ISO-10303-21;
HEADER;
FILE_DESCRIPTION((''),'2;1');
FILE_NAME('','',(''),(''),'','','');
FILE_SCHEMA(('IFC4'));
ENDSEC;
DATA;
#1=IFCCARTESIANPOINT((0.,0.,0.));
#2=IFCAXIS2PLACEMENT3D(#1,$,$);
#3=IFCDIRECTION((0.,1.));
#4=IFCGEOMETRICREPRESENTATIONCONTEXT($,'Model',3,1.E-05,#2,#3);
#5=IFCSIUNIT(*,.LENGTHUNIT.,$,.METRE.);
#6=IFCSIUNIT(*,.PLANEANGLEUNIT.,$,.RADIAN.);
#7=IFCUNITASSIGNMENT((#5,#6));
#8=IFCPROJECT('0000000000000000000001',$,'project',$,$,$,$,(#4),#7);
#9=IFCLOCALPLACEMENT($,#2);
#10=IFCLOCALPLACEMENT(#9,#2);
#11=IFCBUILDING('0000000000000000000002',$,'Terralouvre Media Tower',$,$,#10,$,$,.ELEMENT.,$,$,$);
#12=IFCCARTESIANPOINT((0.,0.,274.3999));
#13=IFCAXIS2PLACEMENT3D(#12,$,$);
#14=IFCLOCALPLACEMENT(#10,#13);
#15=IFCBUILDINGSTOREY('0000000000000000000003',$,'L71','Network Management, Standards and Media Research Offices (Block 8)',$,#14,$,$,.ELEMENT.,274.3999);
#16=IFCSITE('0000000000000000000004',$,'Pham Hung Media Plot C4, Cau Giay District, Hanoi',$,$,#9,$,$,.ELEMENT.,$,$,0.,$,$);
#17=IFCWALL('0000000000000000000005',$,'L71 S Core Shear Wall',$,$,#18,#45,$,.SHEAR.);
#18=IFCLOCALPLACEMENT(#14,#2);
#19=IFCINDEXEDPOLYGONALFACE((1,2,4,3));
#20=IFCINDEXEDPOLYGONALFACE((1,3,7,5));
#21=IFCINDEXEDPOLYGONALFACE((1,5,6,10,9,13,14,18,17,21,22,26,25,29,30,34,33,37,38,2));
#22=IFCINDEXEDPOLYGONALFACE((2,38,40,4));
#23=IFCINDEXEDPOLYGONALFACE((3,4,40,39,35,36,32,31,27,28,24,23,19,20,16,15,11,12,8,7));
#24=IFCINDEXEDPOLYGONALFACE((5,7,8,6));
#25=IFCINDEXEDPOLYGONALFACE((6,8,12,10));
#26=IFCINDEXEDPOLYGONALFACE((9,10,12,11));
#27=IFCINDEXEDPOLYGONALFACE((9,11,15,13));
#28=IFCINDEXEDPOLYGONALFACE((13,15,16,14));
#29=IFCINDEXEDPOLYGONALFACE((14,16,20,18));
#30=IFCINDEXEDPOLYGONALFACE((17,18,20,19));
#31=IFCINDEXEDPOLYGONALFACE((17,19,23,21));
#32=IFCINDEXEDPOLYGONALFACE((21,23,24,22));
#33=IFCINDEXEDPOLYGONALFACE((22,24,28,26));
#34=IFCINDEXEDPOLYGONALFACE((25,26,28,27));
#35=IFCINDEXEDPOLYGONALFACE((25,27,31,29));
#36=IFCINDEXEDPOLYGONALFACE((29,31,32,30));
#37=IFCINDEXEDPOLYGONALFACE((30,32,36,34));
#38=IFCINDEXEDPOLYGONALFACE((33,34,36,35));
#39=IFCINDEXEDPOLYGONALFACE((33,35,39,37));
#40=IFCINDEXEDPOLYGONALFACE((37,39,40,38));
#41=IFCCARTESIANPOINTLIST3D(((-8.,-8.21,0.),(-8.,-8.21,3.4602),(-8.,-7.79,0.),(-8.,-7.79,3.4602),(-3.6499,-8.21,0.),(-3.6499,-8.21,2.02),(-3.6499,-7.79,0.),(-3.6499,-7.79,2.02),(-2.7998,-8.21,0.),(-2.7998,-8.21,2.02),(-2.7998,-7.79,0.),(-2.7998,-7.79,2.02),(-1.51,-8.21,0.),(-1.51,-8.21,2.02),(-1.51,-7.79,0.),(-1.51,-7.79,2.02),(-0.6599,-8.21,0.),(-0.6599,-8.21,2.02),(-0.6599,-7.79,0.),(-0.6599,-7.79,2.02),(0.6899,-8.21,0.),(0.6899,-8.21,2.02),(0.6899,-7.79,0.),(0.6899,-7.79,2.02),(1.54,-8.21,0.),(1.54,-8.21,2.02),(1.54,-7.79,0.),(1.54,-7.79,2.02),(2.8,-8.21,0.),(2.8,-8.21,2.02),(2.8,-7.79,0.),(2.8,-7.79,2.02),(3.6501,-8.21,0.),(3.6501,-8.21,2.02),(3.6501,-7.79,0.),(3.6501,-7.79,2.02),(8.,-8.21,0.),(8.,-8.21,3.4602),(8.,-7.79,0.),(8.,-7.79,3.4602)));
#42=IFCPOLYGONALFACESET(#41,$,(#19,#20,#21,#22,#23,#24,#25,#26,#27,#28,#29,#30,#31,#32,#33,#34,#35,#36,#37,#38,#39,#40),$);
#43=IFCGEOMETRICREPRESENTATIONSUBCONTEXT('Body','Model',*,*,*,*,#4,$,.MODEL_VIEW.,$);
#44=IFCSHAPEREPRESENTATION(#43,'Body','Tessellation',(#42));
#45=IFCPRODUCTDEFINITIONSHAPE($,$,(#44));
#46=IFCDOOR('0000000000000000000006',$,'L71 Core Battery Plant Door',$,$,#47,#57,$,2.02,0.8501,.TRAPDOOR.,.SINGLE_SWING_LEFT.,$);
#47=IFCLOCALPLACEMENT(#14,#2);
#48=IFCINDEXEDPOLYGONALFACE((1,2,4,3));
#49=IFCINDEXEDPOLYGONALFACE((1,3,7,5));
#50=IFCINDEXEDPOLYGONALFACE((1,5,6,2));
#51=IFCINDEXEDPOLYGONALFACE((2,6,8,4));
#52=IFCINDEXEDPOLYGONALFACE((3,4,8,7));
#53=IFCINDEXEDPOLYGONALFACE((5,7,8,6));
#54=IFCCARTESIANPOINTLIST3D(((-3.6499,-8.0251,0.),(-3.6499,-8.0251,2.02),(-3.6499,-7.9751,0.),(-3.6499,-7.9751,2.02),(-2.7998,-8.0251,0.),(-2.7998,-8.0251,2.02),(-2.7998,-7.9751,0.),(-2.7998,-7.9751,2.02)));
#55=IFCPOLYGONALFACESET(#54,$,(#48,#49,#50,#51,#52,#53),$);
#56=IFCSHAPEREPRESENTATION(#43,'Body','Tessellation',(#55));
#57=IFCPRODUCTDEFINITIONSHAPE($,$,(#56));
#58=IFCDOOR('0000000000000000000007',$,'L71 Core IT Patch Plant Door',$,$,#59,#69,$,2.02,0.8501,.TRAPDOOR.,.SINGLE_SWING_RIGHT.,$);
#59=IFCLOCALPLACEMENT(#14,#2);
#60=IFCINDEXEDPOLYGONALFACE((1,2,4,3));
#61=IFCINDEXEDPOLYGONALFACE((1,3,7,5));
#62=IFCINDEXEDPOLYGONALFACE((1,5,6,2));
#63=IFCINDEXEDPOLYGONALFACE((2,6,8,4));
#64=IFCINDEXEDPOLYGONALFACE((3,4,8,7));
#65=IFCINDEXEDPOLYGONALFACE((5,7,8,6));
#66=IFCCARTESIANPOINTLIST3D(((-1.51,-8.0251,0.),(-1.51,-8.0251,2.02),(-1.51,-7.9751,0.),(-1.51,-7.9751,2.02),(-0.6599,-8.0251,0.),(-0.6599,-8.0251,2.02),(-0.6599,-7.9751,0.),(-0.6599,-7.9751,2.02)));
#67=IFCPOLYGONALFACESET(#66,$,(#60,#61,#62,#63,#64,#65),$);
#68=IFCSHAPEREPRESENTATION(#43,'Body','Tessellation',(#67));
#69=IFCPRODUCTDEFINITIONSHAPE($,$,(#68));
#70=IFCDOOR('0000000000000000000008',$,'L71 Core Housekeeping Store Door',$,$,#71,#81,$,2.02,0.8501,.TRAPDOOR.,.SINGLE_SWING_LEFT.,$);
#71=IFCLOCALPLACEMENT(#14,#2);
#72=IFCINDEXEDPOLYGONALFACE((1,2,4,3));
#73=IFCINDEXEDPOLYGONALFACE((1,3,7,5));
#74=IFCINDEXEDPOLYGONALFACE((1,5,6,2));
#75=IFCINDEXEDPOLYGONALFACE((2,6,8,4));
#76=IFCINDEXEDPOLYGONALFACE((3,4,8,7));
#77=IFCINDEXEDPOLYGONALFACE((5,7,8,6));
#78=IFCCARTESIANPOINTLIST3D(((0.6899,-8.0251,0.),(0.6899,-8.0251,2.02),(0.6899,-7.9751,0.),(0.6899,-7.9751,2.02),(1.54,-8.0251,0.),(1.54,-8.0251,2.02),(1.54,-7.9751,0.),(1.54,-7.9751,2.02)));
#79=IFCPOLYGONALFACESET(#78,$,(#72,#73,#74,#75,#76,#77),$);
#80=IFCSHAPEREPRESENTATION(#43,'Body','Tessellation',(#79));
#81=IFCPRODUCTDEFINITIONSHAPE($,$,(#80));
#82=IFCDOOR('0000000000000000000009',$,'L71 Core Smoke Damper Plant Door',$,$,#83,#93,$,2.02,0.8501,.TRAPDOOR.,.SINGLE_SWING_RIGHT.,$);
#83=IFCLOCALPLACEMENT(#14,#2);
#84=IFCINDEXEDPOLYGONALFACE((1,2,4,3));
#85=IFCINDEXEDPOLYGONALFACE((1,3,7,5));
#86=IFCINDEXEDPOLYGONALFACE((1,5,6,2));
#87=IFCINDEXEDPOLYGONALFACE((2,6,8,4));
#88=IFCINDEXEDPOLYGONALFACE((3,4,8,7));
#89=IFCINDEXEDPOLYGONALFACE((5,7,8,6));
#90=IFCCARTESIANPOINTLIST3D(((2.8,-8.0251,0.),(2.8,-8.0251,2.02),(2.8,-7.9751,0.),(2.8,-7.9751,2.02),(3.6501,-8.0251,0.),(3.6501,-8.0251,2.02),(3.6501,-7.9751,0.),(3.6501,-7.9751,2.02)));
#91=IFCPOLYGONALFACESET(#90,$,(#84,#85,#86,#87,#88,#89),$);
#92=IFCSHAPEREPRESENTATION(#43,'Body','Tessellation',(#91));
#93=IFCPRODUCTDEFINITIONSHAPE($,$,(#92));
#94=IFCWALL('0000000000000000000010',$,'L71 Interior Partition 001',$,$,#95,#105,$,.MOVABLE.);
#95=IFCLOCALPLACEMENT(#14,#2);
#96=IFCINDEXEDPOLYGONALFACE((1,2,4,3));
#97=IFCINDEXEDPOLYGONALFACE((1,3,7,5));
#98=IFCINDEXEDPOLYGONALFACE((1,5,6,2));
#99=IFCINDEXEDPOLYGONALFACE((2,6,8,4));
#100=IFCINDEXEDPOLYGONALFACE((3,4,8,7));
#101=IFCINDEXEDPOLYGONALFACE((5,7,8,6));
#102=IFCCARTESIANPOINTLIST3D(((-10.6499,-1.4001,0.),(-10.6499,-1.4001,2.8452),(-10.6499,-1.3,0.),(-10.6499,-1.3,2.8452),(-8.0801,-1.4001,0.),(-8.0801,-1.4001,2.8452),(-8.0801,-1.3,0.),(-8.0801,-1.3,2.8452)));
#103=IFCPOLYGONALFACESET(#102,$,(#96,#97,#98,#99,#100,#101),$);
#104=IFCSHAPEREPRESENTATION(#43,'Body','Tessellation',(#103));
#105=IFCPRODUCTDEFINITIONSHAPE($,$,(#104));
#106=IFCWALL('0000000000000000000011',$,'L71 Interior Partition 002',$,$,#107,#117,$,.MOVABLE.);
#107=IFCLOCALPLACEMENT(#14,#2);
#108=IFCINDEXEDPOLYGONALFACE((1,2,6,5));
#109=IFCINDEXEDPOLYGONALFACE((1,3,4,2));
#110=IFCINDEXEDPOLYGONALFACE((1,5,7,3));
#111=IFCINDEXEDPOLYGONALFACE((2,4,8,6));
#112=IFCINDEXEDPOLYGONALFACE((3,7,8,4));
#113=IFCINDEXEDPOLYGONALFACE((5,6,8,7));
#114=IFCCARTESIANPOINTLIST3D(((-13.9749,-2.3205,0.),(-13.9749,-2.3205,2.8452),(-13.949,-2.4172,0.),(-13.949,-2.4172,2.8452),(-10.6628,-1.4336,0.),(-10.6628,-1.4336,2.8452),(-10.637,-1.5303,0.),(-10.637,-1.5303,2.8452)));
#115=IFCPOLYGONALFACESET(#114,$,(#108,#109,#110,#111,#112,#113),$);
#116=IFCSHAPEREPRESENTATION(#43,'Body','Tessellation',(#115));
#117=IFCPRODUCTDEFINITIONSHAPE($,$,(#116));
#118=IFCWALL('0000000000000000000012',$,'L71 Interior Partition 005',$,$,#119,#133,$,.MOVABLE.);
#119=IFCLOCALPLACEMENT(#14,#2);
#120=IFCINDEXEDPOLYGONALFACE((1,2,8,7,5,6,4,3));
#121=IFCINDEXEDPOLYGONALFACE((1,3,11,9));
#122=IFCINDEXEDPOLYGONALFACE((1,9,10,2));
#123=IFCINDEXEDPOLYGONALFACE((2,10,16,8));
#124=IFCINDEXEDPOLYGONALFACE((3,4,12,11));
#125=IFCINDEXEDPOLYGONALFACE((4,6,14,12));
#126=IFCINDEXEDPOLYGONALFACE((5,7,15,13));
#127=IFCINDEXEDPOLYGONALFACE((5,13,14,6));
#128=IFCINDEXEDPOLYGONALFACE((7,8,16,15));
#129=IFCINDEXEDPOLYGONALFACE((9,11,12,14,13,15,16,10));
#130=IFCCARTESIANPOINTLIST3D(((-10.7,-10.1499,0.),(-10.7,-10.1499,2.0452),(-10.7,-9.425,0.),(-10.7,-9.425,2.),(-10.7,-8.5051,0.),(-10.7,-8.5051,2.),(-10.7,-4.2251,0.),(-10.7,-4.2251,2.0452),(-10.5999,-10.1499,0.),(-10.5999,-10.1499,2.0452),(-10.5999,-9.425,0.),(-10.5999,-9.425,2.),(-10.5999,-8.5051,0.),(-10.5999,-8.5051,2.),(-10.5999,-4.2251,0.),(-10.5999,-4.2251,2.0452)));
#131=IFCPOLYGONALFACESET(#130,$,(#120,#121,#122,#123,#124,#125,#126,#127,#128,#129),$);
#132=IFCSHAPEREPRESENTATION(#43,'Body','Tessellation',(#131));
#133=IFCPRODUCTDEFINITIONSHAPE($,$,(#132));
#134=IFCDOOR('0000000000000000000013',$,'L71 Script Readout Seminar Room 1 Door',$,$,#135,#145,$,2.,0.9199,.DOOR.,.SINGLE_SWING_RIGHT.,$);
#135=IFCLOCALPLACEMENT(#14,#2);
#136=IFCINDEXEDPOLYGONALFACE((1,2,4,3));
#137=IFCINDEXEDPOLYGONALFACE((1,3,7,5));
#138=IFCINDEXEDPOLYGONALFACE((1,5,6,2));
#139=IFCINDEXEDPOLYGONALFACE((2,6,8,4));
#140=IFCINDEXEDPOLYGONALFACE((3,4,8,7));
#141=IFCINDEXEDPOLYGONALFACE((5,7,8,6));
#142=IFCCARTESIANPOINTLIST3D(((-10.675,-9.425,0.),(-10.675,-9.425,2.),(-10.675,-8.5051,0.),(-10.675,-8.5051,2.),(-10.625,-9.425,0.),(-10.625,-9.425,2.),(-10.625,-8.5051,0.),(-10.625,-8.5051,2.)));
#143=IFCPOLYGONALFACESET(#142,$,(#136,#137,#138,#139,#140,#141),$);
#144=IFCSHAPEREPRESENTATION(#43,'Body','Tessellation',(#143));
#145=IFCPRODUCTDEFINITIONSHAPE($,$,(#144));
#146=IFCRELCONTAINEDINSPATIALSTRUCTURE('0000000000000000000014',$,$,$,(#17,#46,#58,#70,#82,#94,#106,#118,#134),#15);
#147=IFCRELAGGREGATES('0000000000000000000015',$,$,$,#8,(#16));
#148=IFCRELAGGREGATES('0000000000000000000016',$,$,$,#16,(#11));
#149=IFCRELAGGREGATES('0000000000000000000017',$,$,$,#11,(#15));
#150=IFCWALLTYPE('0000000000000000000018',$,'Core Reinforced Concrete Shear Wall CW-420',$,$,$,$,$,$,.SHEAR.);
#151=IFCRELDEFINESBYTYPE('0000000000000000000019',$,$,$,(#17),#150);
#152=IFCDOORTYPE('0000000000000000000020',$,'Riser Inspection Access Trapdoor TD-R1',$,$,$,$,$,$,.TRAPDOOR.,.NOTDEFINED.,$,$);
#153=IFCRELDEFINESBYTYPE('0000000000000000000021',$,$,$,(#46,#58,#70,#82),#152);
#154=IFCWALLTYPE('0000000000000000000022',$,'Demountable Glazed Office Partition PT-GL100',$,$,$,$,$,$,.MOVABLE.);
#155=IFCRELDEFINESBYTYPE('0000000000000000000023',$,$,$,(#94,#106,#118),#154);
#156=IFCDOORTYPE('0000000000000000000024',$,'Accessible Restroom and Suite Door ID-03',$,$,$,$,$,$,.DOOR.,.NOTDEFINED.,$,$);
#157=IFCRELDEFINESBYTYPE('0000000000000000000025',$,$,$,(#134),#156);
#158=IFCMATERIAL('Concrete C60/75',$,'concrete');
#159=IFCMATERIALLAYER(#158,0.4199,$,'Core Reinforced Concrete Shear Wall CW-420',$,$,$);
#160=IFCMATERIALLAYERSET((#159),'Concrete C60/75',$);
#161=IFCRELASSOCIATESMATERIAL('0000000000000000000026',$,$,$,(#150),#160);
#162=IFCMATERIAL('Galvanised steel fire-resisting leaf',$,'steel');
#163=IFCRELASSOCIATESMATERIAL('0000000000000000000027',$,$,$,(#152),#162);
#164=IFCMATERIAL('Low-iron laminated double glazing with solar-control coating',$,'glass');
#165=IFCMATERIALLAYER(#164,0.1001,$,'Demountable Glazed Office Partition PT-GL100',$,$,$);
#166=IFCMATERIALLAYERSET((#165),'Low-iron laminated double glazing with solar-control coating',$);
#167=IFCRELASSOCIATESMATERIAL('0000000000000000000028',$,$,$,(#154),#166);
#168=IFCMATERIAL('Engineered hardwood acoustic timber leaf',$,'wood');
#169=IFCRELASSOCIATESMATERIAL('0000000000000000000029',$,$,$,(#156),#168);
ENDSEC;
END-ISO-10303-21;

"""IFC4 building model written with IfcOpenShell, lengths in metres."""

from ifc_helpers import new_model, si_unit, direction, frame, frame_2d, origin, place, context, subcontext, project, spatial, rectangle, extrude, material, layer, layer_set, type_object, element, fill, save


model = new_model("IFC4")

# Units and contexts
model_context = context("Model", 3, precision=1e-05, world=origin(), true_north=direction((0.0, 1.0)))
body_context = subcontext(model_context, "Body", "Model", "MODEL_VIEW")
ifc_project = project(units=[si_unit("LENGTHUNIT", "METRE"), si_unit("PLANEANGLEUNIT", "RADIAN")], contexts=[model_context])

# Site, building, storey
site_placement = place(None, origin())
site = spatial("IfcSite", under=ifc_project, at=site_placement, Name="Pham Hung Media Plot C4, Cau Giay District, Hanoi", CompositionType="ELEMENT", RefElevation=0.0)
building_placement = place(site_placement, origin())
building = spatial("IfcBuilding", under=site, at=building_placement, Name="Terralouvre Media Tower", CompositionType="ELEMENT")
storey_placement = place(building_placement, frame((0.0, 0.0, 274.3999)))
storey = spatial("IfcBuildingStorey", under=building, at=storey_placement, Name="L71", Description="Network Management, Standards and Media Research Offices (Block 8)", CompositionType="ELEMENT", Elevation=274.3999)

# Wall, openings, doors
ifc_material_1 = material(Name="Concrete C60/75", Category="concrete")
ifc_layer_1 = layer(ifc_material_1, 0.4199, Name="Core Reinforced Concrete Shear Wall CW-420")
ifc_layer_set_1 = layer_set([ifc_layer_1], Name="Concrete C60/75")
wall_type_1 = type_object("IfcWallType", Name="Core Reinforced Concrete Shear Wall CW-420", PredefinedType="SHEAR", material=ifc_layer_set_1)
ifc_material_2 = material(Name="Galvanised steel fire-resisting leaf", Category="steel")
door_type_1 = type_object("IfcDoorType", Name="Riser Inspection Access Trapdoor TD-R1", OperationType="NOTDEFINED", PredefinedType="TRAPDOOR", material=ifc_material_2)
wall_1_placement = place(storey_placement, frame((-8.0, -8.0, 0.0), z_axis=(0.0, 0.0, 1.0), x_axis=(1.0, 0.0, 0.0)))
wall_1 = element("IfcWall", 1, at=wall_1_placement, inside=storey, type_object=wall_type_1, Name="L71 S Core Shear Wall", PredefinedType="SHEAR", context=body_context, shape_type="SweptSolid", body=[
    extrude(rectangle(XDim=16.0, YDim=0.4199, at=frame_2d((8.0, 0.0))), origin(), (0.0, 0.0, 1.0), 3.4602),
])
opening_1_placement = place(wall_1_placement, frame((4.3501, 0.0, 0.0)))
opening_1 = element("IfcOpeningElement", 2, at=opening_1_placement, cuts=wall_1, PredefinedType="OPENING", context=body_context, shape_type="SweptSolid", body=[
    extrude(rectangle(XDim=0.8501, YDim=2.02, at=frame_2d((0.425, 1.01))), frame((0.0, 0.22, 0.0), z_axis=(0.0, -1.0, 0.0), x_axis=(1.0, 0.0, 0.0)), (0.0, 0.0, 1.0), 0.4399),
])
opening_2_placement = place(wall_1_placement, frame((6.49, 0.0, 0.0)))
opening_2 = element("IfcOpeningElement", 3, at=opening_2_placement, cuts=wall_1, PredefinedType="OPENING", context=body_context, shape_type="SweptSolid", body=[
    extrude(rectangle(XDim=0.8501, YDim=2.02, at=frame_2d((0.425, 1.01))), frame((0.0, 0.22, 0.0), z_axis=(0.0, -1.0, 0.0), x_axis=(1.0, 0.0, 0.0)), (0.0, 0.0, 1.0), 0.4399),
])
opening_3_placement = place(wall_1_placement, frame((8.6899, 0.0, 0.0)))
opening_3 = element("IfcOpeningElement", 4, at=opening_3_placement, cuts=wall_1, PredefinedType="OPENING", context=body_context, shape_type="SweptSolid", body=[
    extrude(rectangle(XDim=0.8501, YDim=2.02, at=frame_2d((0.425, 1.01))), frame((0.0, 0.22, 0.0), z_axis=(0.0, -1.0, 0.0), x_axis=(1.0, 0.0, 0.0)), (0.0, 0.0, 1.0), 0.4399),
])
opening_4_placement = place(wall_1_placement, frame((10.8, 0.0, 0.0)))
opening_4 = element("IfcOpeningElement", 5, at=opening_4_placement, cuts=wall_1, PredefinedType="OPENING", context=body_context, shape_type="SweptSolid", body=[
    extrude(rectangle(XDim=0.8501, YDim=2.02, at=frame_2d((0.425, 1.01))), frame((0.0, 0.22, 0.0), z_axis=(0.0, -1.0, 0.0), x_axis=(1.0, 0.0, 0.0)), (0.0, 0.0, 1.0), 0.4399),
])
door_1_placement = place(opening_1_placement, origin())
door_1 = element("IfcDoor", 6, at=door_1_placement, inside=storey, type_object=door_type_1, Name="L71 Core Battery Plant Door", OperationType="SINGLE_SWING_LEFT", OverallHeight=2.02, OverallWidth=0.8501, PredefinedType="TRAPDOOR", context=body_context, shape_type="SweptSolid", body=[
    extrude(rectangle(XDim=0.8501, YDim=2.02, at=frame_2d((0.425, 1.01))), frame((0.0, 0.0249, 0.0), z_axis=(0.0, -1.0, 0.0), x_axis=(1.0, 0.0, 0.0)), (0.0, 0.0, 1.0), 0.05),
])
fill(opening_1, door_1)
door_2_placement = place(opening_2_placement, origin())
door_2 = element("IfcDoor", 7, at=door_2_placement, inside=storey, type_object=door_type_1, Name="L71 Core IT Patch Plant Door", OperationType="SINGLE_SWING_RIGHT", OverallHeight=2.02, OverallWidth=0.8501, PredefinedType="TRAPDOOR", context=body_context, shape_type="SweptSolid", body=[
    extrude(rectangle(XDim=0.8501, YDim=2.02, at=frame_2d((0.425, 1.01))), frame((0.0, 0.0249, 0.0), z_axis=(0.0, -1.0, 0.0), x_axis=(1.0, 0.0, 0.0)), (0.0, 0.0, 1.0), 0.05),
])
fill(opening_2, door_2)
door_3_placement = place(opening_3_placement, origin())
door_3 = element("IfcDoor", 8, at=door_3_placement, inside=storey, type_object=door_type_1, Name="L71 Core Housekeeping Store Door", OperationType="SINGLE_SWING_LEFT", OverallHeight=2.02, OverallWidth=0.8501, PredefinedType="TRAPDOOR", context=body_context, shape_type="SweptSolid", body=[
    extrude(rectangle(XDim=0.8501, YDim=2.02, at=frame_2d((0.425, 1.01))), frame((0.0, 0.0249, 0.0), z_axis=(0.0, -1.0, 0.0), x_axis=(1.0, 0.0, 0.0)), (0.0, 0.0, 1.0), 0.05),
])
fill(opening_3, door_3)
door_4_placement = place(opening_4_placement, origin())
door_4 = element("IfcDoor", 9, at=door_4_placement, inside=storey, type_object=door_type_1, Name="L71 Core Smoke Damper Plant Door", OperationType="SINGLE_SWING_RIGHT", OverallHeight=2.02, OverallWidth=0.8501, PredefinedType="TRAPDOOR", context=body_context, shape_type="SweptSolid", body=[
    extrude(rectangle(XDim=0.8501, YDim=2.02, at=frame_2d((0.425, 1.01))), frame((0.0, 0.0249, 0.0), z_axis=(0.0, -1.0, 0.0), x_axis=(1.0, 0.0, 0.0)), (0.0, 0.0, 1.0), 0.05),
])
fill(opening_4, door_4)

# Walls
ifc_material_3 = material(Name="Low-iron laminated double glazing with solar-control coating", Category="glass")
ifc_layer_2 = layer(ifc_material_3, 0.1001, Name="Demountable Glazed Office Partition PT-GL100")
ifc_layer_set_2 = layer_set([ifc_layer_2], Name="Low-iron laminated double glazing with solar-control coating")
wall_type_2 = type_object("IfcWallType", Name="Demountable Glazed Office Partition PT-GL100", PredefinedType="MOVABLE", material=ifc_layer_set_2)
wall_2_placement = place(storey_placement, frame((-8.0801, -1.3501, 0.0), z_axis=(0.0, 0.0, 1.0), x_axis=(-1.0, 0.0, 0.0)))
element("IfcWall", 10, at=wall_2_placement, inside=storey, type_object=wall_type_2, Name="L71 Interior Partition 001", PredefinedType="MOVABLE", context=body_context, shape_type="SweptSolid", body=[
    extrude(rectangle(XDim=2.5698, YDim=0.1001, at=frame_2d((1.2849, 0.0))), origin(), (0.0, 0.0, 1.0), 2.8452),
])
wall_3_placement = place(storey_placement, frame((-10.6499, -1.4819, 0.0), z_axis=(0.0, 0.0, 1.0), x_axis=(-0.965961, -0.258686, 0.0)))
element("IfcWall", 11, at=wall_3_placement, inside=storey, type_object=wall_type_2, Name="L71 Interior Partition 002", PredefinedType="MOVABLE", context=body_context, shape_type="SweptSolid", body=[
    extrude(rectangle(XDim=3.4287, YDim=0.1001, at=frame_2d((1.7144, 0.0))), origin(), (0.0, 0.0, 1.0), 2.8452),
])

# Wall, opening, door
wall_4_placement = place(storey_placement, frame((-10.6499, -4.2251, 0.0), z_axis=(0.0, 0.0, 1.0), x_axis=(0.0, -1.0, 0.0)))
wall_4 = element("IfcWall", 12, at=wall_4_placement, inside=storey, type_object=wall_type_2, Name="L71 Interior Partition 005", PredefinedType="MOVABLE", context=body_context, shape_type="SweptSolid", body=[
    extrude(rectangle(XDim=5.9248, YDim=0.1001, at=frame_2d((2.9624, 0.0))), origin(), (0.0, 0.0, 1.0), 2.0452),
])
opening_5_placement = place(wall_4_placement, frame((4.28, 0.0, 0.0)))
opening_5 = element("IfcOpeningElement", 13, at=opening_5_placement, cuts=wall_4, PredefinedType="OPENING", context=body_context, shape_type="SweptSolid", body=[
    extrude(rectangle(XDim=0.9199, YDim=2.0, at=frame_2d((0.46, 1.0))), frame((0.0, 0.0601, 0.0), z_axis=(0.0, -1.0, 0.0), x_axis=(1.0, 0.0, 0.0)), (0.0, 0.0, 1.0), 0.1201),
])
ifc_material_4 = material(Name="Engineered hardwood acoustic timber leaf", Category="wood")
door_type_2 = type_object("IfcDoorType", Name="Accessible Restroom and Suite Door ID-03", OperationType="NOTDEFINED", PredefinedType="DOOR", material=ifc_material_4)
door_5_placement = place(opening_5_placement, origin())
door_5 = element("IfcDoor", 14, at=door_5_placement, inside=storey, type_object=door_type_2, Name="L71 Script Readout Seminar Room 1 Door", OperationType="SINGLE_SWING_RIGHT", OverallHeight=2.0, OverallWidth=0.9199, PredefinedType="DOOR", context=body_context, shape_type="SweptSolid", body=[
    extrude(rectangle(XDim=0.9199, YDim=2.0, at=frame_2d((0.46, 1.0))), frame((0.0, 0.0249, 0.0), z_axis=(0.0, -1.0, 0.0), x_axis=(1.0, 0.0, 0.0)), (0.0, 0.0, 1.0), 0.05),
])
fill(opening_5, door_5)

save(model, "model.ifc")
